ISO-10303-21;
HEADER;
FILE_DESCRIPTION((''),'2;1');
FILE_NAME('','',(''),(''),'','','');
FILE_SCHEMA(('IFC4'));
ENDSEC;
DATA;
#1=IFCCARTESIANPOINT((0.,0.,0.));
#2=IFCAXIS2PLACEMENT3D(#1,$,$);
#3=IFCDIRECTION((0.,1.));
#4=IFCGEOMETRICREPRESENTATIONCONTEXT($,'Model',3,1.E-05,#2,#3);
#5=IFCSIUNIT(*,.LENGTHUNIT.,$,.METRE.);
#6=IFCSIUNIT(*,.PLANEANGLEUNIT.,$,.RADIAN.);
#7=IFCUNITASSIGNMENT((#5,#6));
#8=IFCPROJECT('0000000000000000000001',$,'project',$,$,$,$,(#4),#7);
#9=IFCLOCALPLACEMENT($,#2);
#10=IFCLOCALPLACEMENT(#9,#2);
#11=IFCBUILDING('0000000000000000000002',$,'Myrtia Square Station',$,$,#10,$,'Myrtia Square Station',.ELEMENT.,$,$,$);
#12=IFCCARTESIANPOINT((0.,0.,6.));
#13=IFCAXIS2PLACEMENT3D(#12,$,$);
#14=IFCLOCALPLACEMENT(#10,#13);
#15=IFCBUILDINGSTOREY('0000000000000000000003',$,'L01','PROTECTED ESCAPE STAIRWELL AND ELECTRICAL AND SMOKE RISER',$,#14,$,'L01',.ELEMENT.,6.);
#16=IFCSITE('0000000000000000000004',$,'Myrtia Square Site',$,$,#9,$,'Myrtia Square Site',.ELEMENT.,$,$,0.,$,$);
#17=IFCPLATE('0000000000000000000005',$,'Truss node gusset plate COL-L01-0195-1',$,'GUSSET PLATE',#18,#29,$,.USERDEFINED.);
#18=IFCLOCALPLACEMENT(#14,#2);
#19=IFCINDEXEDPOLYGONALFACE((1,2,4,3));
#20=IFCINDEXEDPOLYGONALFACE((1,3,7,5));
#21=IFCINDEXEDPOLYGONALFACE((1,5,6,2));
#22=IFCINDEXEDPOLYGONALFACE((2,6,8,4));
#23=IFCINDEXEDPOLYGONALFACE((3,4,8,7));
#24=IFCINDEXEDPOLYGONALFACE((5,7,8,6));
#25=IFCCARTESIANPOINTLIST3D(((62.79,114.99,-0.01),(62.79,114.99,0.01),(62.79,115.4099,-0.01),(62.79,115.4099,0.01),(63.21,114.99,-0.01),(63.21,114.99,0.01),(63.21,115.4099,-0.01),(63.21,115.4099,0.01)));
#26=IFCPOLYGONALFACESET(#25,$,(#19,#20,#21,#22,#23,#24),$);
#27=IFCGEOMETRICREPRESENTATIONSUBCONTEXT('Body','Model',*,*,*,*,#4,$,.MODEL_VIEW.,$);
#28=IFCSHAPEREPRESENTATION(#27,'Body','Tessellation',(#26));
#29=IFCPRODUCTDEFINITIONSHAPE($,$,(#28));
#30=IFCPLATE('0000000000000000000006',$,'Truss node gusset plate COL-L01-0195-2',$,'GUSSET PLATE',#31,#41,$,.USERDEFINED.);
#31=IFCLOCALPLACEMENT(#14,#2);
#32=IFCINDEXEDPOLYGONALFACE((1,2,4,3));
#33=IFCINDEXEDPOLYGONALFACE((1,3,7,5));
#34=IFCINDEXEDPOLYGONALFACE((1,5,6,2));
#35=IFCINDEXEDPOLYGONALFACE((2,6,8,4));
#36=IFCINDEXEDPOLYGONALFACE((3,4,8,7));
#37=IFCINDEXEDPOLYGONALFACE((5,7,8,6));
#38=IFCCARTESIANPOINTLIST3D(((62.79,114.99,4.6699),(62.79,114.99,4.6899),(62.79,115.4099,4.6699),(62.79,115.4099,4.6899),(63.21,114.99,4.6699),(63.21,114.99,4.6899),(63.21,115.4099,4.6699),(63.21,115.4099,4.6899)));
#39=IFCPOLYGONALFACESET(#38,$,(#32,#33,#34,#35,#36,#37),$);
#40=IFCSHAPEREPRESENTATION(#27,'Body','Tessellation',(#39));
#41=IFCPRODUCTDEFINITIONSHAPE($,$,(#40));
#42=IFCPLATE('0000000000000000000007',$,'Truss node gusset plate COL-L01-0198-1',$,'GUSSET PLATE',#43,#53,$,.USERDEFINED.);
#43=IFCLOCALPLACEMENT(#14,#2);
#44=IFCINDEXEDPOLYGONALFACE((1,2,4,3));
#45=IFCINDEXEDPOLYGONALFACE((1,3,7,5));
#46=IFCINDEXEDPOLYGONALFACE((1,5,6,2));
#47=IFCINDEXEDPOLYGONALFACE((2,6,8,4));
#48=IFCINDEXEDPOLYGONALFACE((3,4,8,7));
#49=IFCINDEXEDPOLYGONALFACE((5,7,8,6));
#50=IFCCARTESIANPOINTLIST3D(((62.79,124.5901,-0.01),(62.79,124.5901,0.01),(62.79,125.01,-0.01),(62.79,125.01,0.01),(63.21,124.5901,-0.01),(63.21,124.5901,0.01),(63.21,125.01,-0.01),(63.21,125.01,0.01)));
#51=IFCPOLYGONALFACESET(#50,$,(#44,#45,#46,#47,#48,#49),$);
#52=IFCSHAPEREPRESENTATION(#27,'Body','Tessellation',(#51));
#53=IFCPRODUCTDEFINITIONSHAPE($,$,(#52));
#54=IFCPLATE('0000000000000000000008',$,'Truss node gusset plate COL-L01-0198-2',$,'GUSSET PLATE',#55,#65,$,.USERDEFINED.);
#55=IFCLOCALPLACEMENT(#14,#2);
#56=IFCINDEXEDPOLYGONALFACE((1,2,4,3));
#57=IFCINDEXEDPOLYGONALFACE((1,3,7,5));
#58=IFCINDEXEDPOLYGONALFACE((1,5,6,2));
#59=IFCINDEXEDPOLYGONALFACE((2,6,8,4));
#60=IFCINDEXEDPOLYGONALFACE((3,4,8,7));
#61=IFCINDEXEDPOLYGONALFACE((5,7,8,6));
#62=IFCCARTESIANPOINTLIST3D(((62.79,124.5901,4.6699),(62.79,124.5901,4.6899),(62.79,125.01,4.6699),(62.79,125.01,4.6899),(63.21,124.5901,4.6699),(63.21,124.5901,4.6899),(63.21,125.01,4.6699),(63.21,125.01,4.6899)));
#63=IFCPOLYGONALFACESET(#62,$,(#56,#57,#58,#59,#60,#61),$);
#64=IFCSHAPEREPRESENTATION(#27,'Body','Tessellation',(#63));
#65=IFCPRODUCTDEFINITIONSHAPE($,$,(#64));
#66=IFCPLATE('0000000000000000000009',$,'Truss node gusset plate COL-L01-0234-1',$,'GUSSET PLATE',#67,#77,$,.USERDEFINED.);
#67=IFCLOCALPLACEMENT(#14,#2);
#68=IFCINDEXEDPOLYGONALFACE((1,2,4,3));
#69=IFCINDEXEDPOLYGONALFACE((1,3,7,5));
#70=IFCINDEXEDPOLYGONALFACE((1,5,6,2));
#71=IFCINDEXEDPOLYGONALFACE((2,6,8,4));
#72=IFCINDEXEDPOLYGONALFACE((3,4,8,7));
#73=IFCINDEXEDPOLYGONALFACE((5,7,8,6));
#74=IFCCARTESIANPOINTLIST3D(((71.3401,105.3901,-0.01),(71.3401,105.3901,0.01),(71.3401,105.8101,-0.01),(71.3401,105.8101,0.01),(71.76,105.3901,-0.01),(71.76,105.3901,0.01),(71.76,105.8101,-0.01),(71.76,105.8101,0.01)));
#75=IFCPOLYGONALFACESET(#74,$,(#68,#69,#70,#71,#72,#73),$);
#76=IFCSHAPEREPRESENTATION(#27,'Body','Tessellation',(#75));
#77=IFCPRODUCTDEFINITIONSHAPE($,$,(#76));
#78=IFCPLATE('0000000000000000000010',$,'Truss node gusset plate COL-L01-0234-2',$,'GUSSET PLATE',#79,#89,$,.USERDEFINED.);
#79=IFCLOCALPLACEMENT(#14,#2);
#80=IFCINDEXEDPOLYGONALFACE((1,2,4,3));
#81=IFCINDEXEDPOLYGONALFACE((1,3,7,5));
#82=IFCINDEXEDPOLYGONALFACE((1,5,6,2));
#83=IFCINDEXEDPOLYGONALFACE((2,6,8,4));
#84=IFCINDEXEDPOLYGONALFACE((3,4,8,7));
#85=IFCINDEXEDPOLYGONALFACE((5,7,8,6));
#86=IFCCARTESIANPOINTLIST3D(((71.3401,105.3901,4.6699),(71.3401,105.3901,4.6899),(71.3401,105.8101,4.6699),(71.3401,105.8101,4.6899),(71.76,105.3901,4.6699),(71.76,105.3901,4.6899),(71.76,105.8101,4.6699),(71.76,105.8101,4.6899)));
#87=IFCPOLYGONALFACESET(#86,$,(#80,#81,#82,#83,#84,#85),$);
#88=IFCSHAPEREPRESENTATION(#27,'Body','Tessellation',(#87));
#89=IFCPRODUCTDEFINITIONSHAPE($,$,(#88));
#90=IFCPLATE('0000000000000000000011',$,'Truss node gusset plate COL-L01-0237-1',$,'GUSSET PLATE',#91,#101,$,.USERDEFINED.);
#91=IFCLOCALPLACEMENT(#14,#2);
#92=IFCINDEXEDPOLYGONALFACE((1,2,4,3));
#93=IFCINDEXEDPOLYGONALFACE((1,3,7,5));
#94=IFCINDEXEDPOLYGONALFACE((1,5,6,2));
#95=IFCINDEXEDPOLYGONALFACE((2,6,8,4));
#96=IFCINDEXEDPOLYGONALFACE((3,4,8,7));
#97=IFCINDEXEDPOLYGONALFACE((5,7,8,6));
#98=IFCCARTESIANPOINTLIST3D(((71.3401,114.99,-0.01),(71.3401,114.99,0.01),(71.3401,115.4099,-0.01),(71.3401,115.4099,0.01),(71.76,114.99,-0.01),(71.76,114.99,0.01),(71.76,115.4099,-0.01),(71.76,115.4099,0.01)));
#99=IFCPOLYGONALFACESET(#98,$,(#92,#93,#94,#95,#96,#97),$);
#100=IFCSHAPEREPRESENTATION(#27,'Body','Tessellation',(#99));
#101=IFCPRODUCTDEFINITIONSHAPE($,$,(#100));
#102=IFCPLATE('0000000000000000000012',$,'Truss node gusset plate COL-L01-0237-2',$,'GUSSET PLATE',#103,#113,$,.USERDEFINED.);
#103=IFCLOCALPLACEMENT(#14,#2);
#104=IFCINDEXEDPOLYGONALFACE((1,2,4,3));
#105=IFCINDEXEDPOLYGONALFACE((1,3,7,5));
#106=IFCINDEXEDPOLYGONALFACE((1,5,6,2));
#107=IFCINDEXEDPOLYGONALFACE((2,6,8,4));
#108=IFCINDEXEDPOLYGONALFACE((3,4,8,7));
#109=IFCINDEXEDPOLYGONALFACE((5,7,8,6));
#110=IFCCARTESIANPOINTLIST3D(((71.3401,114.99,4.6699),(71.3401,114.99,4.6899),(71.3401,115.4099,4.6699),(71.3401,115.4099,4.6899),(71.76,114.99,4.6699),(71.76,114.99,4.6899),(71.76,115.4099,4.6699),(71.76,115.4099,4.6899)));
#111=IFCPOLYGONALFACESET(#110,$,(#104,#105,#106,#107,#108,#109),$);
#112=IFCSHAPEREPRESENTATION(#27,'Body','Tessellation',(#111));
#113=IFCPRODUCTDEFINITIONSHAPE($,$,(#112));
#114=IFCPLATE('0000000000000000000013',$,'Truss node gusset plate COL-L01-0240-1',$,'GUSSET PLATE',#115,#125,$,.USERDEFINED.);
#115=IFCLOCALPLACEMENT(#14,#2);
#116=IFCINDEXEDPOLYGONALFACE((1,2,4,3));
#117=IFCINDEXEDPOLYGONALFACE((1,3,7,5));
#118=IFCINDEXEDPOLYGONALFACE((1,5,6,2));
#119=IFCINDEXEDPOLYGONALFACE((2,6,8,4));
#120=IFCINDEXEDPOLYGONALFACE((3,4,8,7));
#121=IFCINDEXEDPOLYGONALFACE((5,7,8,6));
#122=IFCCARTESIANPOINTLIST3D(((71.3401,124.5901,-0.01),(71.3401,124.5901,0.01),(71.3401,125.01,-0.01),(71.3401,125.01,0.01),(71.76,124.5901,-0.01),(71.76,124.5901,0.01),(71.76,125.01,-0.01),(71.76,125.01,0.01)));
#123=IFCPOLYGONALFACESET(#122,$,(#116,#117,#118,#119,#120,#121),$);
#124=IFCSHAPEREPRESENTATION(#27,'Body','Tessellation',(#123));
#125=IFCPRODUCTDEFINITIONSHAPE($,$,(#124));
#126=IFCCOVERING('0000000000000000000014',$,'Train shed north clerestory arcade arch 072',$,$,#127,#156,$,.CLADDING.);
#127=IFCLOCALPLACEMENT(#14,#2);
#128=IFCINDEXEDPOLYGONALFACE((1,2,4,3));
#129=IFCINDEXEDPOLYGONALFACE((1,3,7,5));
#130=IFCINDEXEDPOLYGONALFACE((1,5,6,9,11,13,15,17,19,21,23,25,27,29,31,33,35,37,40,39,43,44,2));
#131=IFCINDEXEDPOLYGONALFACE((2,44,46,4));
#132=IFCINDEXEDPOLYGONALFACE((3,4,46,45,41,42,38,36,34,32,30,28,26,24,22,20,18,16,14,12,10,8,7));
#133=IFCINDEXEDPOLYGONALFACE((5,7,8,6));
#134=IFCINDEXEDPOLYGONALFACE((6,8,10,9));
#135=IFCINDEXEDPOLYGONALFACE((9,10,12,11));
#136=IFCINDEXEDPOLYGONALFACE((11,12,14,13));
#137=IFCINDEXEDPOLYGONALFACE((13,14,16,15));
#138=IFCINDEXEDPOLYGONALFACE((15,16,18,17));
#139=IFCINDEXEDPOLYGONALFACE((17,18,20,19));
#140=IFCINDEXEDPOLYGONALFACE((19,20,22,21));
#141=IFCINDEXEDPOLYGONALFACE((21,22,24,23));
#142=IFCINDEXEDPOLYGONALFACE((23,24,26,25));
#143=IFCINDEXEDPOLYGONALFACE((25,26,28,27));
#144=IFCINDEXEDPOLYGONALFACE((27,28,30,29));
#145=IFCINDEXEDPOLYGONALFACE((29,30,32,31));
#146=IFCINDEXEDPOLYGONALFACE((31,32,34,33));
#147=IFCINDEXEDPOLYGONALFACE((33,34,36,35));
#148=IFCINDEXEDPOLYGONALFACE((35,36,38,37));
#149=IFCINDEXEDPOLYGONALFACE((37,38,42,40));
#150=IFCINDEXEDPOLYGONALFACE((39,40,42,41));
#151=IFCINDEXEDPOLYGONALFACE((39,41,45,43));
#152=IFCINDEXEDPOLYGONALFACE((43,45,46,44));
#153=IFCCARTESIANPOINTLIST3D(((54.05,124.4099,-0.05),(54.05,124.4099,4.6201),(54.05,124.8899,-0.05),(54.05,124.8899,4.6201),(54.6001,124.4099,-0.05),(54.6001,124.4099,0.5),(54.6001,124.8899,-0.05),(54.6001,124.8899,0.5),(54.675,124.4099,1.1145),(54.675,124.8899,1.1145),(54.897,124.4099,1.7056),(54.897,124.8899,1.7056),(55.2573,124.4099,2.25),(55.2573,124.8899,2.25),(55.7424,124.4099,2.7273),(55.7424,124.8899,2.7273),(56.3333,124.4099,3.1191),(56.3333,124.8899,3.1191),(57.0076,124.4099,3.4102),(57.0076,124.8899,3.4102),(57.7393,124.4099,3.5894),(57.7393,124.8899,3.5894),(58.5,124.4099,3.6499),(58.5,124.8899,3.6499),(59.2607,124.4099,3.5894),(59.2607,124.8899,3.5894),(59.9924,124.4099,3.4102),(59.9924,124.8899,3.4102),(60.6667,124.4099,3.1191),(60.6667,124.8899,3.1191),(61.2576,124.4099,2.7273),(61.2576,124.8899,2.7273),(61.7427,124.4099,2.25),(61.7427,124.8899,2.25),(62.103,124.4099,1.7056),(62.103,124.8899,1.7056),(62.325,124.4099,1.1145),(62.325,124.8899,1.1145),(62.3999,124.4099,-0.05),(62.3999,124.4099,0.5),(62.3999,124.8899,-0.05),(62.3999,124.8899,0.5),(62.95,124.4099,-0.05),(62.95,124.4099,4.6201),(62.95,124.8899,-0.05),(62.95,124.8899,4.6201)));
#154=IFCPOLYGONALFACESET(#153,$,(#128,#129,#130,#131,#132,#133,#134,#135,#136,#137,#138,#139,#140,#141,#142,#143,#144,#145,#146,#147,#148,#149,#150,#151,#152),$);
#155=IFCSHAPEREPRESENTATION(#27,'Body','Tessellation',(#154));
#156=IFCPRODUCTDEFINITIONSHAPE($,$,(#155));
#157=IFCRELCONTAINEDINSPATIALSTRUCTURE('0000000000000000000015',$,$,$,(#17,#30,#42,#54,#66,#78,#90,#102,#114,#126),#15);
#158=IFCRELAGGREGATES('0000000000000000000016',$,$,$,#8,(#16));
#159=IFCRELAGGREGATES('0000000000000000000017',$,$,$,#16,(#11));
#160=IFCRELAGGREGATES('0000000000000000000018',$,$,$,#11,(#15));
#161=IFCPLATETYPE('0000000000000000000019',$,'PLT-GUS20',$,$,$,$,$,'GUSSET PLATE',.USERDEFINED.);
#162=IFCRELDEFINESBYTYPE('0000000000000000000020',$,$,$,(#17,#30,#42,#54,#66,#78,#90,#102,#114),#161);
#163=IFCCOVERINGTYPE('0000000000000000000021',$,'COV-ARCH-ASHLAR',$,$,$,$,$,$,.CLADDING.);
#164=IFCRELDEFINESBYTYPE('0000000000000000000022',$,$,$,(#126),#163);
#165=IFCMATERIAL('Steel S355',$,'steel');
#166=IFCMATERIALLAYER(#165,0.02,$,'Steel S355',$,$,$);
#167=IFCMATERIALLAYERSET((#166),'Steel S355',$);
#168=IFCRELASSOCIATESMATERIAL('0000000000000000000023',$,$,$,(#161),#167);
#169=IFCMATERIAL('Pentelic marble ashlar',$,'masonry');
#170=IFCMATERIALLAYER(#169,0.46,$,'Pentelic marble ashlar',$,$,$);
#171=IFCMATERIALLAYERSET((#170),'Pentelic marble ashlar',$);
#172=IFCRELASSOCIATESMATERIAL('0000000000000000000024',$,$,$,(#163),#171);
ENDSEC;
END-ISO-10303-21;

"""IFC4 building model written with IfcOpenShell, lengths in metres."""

from ifc_helpers import new_model, si_unit, direction, frame, origin, origin_2d, place, context, subcontext, project, spatial, polyline, rectangle, outline, extrude, material, layer, layer_set, type_object, element, save


model = new_model("IFC4")

# Units and contexts
model_context = context("Model", 3, precision=1e-05, world=origin(), true_north=direction((0.0, 1.0)))
body_context = subcontext(model_context, "Body", "Model", "MODEL_VIEW")
ifc_project = project(units=[si_unit("LENGTHUNIT", "METRE"), si_unit("PLANEANGLEUNIT", "RADIAN")], contexts=[model_context])

# Site, building, storey
site_placement = place(None, origin())
site = spatial("IfcSite", under=ifc_project, at=site_placement, Name="Myrtia Square Site", LongName="Myrtia Square Site", CompositionType="ELEMENT", RefElevation=0.0)
building_placement = place(site_placement, origin())
building = spatial("IfcBuilding", under=site, at=building_placement, Name="Myrtia Square Station", LongName="Myrtia Square Station", CompositionType="ELEMENT")
storey_placement = place(building_placement, frame((0.0, 0.0, 6.0)))
storey = spatial("IfcBuildingStorey", under=building, at=storey_placement, Name="L01", Description="PROTECTED ESCAPE STAIRWELL AND ELECTRICAL AND SMOKE RISER", LongName="L01", CompositionType="ELEMENT", Elevation=6.0)

# Shared definitions
ifc_material_1 = material(Name="Steel S355", Category="steel")

# Plates
ifc_layer_1 = layer(ifc_material_1, 0.02, Name="Steel S355")
ifc_layer_set_1 = layer_set([ifc_layer_1], Name="Steel S355")
plate_type_1 = type_object("IfcPlateType", Name="PLT-GUS20", ElementType="GUSSET PLATE", PredefinedType="USERDEFINED", material=ifc_layer_set_1)
for number, where, z_axis, x_axis, name in (
    (1, (63.0, 115.2, -0.01), (0.0, 0.0, 1.0), (1.0, 0.0, 0.0), "Truss node gusset plate COL-L01-0195-1"),
    (2, (63.0, 115.2, 4.6699), (0.0, 0.0, 1.0), (1.0, 0.0, 0.0), "Truss node gusset plate COL-L01-0195-2"),
    (3, (63.0, 124.8, -0.01), (0.0, 0.0, 1.0), (1.0, 0.0, 0.0), "Truss node gusset plate COL-L01-0198-1"),
    (4, (63.0, 124.8, 4.6699), (0.0, 0.0, 1.0), (1.0, 0.0, 0.0), "Truss node gusset plate COL-L01-0198-2"),
    (5, (71.55, 105.6001, -0.01), (0.0, 0.0, 1.0), (1.0, 0.0, 0.0), "Truss node gusset plate COL-L01-0234-1"),
    (6, (71.55, 105.6001, 4.6699), (0.0, 0.0, 1.0), (1.0, 0.0, 0.0), "Truss node gusset plate COL-L01-0234-2"),
    (7, (71.55, 115.2, -0.01), (0.0, 0.0, 1.0), (1.0, 0.0, 0.0), "Truss node gusset plate COL-L01-0237-1"),
    (8, (71.55, 115.2, 4.6699), (0.0, 0.0, 1.0), (1.0, 0.0, 0.0), "Truss node gusset plate COL-L01-0237-2"),
    (9, (71.55, 124.8, -0.01), (0.0, 0.0, 1.0), (1.0, 0.0, 0.0), "Truss node gusset plate COL-L01-0240-1"),
):
    element("IfcPlate", number, at=place(storey_placement, frame(where, z_axis=z_axis, x_axis=x_axis)), inside=storey, type_object=plate_type_1, Name=name, ObjectType="GUSSET PLATE", PredefinedType="USERDEFINED", context=body_context, shape_type="SweptSolid", body=[
        extrude(rectangle(XDim=0.4199, YDim=0.4199, at=origin_2d()), origin(), (0.0, 0.0, 1.0), 0.02),
    ])

# Covering
ifc_material_2 = material(Name="Pentelic marble ashlar", Category="masonry")
ifc_layer_2 = layer(ifc_material_2, 0.46, Name="Pentelic marble ashlar")
ifc_layer_set_2 = layer_set([ifc_layer_2], Name="Pentelic marble ashlar")
covering_type = type_object("IfcCoveringType", Name="COV-ARCH-ASHLAR", PredefinedType="CLADDING", material=ifc_layer_set_2)
covering_placement = place(storey_placement, frame((54.05, 124.6499, -0.05), z_axis=(0.0, 0.0, 1.0), x_axis=(1.0, 0.0, 0.0)))
element("IfcCovering", 10, at=covering_placement, inside=storey, type_object=covering_type, Name="Train shed north clerestory arcade arch 072", PredefinedType="CLADDING", context=body_context, shape_type="SweptSolid", body=[
    extrude(outline(polyline([(0.0, 0.0), (0.55, 0.0), (0.55, 0.55), (0.625, 1.1646), (0.8469, 1.7556), (1.2073, 2.3), (1.6924, 2.7773), (2.2832, 3.1692), (2.9575, 3.4602), (3.6892, 3.6394), (4.45, 3.7), (5.2107, 3.6394), (5.9424, 3.4602), (6.6167, 3.1692), (7.2075, 2.7773), (7.6926, 2.3), (8.053, 1.7556), (8.2749, 1.1646), (8.3499, 0.55), (8.3499, 0.0), (8.8999, 0.0), (8.8999, 4.6702), (0.0, 4.6702), (0.0, 0.0)])), frame((0.0, 0.24, 0.0), z_axis=(0.0, -1.0, 0.0), x_axis=(1.0, 0.0, 0.0)), (0.0, 0.0, 1.0), 0.48),
])

save(model, "model.ifc")
